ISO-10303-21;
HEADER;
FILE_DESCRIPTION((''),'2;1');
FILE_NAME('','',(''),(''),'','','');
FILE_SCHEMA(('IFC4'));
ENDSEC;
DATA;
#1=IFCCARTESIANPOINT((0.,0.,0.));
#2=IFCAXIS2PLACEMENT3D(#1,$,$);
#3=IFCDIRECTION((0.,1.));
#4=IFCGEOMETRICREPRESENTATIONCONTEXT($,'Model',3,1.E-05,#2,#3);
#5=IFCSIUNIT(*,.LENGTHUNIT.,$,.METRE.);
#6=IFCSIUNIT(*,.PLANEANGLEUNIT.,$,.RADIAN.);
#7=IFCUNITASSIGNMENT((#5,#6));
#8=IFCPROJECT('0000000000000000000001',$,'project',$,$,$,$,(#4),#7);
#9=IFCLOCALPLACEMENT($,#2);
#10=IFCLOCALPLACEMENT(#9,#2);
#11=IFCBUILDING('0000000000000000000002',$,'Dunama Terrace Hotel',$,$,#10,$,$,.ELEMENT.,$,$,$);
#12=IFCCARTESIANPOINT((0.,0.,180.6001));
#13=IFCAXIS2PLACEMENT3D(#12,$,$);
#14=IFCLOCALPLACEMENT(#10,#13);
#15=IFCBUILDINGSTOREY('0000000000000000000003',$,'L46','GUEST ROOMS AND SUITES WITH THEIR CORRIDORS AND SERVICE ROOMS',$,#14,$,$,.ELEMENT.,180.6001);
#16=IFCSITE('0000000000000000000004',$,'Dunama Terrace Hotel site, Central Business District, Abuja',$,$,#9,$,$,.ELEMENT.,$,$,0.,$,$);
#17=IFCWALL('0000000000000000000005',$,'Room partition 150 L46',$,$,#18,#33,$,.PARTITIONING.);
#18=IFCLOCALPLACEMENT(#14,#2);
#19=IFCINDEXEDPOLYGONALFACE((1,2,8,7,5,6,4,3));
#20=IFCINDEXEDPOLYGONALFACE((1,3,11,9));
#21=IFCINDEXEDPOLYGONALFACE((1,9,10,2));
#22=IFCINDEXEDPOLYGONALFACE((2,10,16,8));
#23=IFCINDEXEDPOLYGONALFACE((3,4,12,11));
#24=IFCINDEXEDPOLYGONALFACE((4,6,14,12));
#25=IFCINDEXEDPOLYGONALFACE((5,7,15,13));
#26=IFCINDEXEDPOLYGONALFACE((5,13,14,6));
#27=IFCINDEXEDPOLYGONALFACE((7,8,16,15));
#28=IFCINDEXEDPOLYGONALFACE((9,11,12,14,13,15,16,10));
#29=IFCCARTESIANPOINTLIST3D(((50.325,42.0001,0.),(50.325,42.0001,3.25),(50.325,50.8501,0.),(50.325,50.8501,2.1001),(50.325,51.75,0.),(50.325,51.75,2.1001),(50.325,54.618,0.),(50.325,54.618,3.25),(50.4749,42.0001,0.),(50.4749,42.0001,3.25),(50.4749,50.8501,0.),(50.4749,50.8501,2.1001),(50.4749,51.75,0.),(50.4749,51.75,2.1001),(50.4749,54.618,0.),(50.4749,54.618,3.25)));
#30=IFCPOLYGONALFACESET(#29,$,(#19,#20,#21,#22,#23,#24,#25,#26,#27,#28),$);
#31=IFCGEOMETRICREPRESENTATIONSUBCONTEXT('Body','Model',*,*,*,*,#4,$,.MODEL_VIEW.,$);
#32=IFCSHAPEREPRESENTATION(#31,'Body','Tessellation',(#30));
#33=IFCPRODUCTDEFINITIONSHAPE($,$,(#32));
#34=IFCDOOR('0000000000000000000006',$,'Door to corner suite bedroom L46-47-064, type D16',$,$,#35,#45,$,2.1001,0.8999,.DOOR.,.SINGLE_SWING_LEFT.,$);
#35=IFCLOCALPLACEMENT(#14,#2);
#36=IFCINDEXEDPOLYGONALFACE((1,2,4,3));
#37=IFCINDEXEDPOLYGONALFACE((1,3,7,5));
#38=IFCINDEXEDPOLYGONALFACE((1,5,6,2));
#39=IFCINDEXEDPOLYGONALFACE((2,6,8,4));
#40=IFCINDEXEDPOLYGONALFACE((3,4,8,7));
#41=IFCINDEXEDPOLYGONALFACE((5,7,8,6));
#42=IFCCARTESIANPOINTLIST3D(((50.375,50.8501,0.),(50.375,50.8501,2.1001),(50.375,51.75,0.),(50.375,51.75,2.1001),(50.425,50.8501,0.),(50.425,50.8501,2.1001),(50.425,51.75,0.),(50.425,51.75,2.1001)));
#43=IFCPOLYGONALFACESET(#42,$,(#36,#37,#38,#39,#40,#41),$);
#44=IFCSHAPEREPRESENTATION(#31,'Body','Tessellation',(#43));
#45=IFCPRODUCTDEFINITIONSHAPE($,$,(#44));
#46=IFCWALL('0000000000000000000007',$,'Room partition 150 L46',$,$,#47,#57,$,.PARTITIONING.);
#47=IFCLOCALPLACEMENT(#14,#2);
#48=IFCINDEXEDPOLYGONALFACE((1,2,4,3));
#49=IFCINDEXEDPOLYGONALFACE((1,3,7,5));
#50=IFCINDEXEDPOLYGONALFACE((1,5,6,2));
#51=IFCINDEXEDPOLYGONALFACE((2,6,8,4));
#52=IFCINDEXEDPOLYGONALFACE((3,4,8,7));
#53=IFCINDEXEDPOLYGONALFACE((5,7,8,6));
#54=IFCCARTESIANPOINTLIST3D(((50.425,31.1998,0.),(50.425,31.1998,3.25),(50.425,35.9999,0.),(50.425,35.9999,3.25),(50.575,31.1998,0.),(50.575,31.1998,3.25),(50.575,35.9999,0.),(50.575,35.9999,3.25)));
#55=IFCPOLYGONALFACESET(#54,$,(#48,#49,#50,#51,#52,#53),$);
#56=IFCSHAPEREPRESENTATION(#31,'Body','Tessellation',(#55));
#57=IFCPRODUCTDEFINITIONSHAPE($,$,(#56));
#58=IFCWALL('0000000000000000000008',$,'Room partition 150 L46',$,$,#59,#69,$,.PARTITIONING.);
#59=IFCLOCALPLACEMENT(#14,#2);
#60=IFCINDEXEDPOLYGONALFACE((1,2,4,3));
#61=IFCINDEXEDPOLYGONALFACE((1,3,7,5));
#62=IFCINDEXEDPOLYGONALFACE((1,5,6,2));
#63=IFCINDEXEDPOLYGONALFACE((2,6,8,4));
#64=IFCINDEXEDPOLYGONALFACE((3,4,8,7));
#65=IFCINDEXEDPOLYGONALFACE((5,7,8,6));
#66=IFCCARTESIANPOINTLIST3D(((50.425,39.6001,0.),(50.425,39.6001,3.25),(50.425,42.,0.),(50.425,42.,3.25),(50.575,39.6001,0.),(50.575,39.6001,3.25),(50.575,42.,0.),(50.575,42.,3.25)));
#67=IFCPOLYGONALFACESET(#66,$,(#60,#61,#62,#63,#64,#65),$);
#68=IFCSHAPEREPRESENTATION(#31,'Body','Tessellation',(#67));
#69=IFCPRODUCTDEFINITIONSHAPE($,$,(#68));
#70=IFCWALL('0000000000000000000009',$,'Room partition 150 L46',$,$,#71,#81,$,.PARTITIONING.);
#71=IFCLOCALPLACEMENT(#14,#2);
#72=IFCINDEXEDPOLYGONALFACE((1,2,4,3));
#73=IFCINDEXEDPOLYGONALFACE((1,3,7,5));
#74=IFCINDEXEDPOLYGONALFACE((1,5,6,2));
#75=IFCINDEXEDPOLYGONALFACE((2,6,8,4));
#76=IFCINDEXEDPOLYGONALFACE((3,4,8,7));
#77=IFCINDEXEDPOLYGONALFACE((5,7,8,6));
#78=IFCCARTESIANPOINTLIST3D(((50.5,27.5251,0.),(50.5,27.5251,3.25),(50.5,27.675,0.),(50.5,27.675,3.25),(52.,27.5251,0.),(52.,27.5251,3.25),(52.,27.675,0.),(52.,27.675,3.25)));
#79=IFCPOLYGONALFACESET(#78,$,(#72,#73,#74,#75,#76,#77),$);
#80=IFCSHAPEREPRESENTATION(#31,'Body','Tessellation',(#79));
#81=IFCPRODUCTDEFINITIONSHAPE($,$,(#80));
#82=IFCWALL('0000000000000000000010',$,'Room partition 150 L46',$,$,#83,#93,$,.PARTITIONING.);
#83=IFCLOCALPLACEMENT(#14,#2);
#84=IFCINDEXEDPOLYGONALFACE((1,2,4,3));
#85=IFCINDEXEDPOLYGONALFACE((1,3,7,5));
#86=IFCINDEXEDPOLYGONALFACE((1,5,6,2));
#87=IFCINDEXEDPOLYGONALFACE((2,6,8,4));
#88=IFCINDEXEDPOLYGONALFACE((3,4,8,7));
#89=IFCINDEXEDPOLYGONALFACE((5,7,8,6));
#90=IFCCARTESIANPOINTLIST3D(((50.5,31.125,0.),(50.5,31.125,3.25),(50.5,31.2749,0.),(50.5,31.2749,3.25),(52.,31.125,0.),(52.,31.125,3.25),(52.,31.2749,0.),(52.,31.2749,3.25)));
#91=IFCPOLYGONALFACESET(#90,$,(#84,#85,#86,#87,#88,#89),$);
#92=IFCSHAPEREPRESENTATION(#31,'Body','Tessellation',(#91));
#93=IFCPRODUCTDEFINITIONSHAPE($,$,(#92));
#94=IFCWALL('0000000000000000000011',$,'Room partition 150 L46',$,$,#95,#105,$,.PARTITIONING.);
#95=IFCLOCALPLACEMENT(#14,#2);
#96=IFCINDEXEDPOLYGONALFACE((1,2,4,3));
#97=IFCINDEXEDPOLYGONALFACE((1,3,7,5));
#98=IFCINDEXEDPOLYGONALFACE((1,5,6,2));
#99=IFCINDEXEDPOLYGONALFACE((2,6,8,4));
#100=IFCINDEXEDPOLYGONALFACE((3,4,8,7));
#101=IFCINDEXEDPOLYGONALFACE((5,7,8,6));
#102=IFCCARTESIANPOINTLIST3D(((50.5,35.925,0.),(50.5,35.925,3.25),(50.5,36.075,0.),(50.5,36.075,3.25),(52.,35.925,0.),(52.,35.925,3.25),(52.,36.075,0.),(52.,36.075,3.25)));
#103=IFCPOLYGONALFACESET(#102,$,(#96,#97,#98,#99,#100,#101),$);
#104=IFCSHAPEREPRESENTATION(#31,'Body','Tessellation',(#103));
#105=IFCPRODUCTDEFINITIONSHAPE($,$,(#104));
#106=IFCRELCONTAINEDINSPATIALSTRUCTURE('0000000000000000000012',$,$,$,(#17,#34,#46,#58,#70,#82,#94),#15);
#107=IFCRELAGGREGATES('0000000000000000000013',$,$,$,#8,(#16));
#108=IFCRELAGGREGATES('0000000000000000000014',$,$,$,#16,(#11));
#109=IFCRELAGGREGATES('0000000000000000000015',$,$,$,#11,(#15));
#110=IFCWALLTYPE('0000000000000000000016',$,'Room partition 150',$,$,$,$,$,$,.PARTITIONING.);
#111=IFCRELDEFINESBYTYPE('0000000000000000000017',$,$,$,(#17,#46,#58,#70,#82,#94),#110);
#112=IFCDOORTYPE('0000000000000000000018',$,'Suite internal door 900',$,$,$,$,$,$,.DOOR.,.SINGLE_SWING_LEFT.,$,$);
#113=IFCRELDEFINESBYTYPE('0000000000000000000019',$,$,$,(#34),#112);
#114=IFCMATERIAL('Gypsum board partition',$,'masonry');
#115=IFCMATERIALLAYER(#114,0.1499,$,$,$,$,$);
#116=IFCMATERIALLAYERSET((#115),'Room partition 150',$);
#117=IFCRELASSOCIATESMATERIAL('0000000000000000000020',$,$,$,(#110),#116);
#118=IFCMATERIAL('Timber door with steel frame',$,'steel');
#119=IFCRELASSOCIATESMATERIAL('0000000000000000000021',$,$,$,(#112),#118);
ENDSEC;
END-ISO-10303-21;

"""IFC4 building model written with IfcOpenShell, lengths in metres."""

from ifc_helpers import new_model, si_unit, direction, frame, frame_2d, origin, place, context, subcontext, project, spatial, rectangle, extrude, material, layer, layer_set, type_object, element, fill, save


model = new_model("IFC4")

# Units and contexts
model_context = context("Model", 3, precision=1e-05, world=origin(), true_north=direction((0.0, 1.0)))
body_context = subcontext(model_context, "Body", "Model", "MODEL_VIEW")
ifc_project = project(units=[si_unit("LENGTHUNIT", "METRE"), si_unit("PLANEANGLEUNIT", "RADIAN")], contexts=[model_context])

# Site, building, storey
site_placement = place(None, origin())
site = spatial("IfcSite", under=ifc_project, at=site_placement, Name="Dunama Terrace Hotel site, Central Business District, Abuja", CompositionType="ELEMENT", RefElevation=0.0)
building_placement = place(site_placement, origin())
building = spatial("IfcBuilding", under=site, at=building_placement, Name="Dunama Terrace Hotel", CompositionType="ELEMENT")
storey_placement = place(building_placement, frame((0.0, 0.0, 180.6001)))
storey = spatial("IfcBuildingStorey", under=building, at=storey_placement, Name="L46", Description="GUEST ROOMS AND SUITES WITH THEIR CORRIDORS AND SERVICE ROOMS", CompositionType="ELEMENT", Elevation=180.6001)

# Wall, opening, door
ifc_material_1 = material(Name="Gypsum board partition", Category="masonry")
ifc_layer_1 = layer(ifc_material_1, 0.1499)
ifc_layer_set_1 = layer_set([ifc_layer_1], Name="Room partition 150")
wall_type_1 = type_object("IfcWallType", Name="Room partition 150", PredefinedType="PARTITIONING", material=ifc_layer_set_1)
wall_1_placement = place(storey_placement, frame((50.3999, 42.0, 0.0), z_axis=(0.0, 0.0, 1.0), x_axis=(0.0, 1.0, 0.0)))
wall_1 = element("IfcWall", 1, at=wall_1_placement, inside=storey, type_object=wall_type_1, Name="Room partition 150 L46", PredefinedType="PARTITIONING", context=body_context, shape_type="SweptSolid", body=[
    extrude(rectangle(XDim=12.6179, YDim=0.1499, at=frame_2d((6.3091, 0.0))), origin(), (0.0, 0.0, 1.0), 3.25),
])
opening_1_placement = place(wall_1_placement, frame((8.8501, 0.0, 0.0)))
opening_1 = element("IfcOpeningElement", 2, at=opening_1_placement, cuts=wall_1, PredefinedType="OPENING", context=body_context, shape_type="SweptSolid", body=[
    extrude(rectangle(XDim=0.8999, YDim=2.1001, at=frame_2d((0.45, 1.05))), frame((0.0, 0.085, 0.0), z_axis=(0.0, -1.0, 0.0), x_axis=(1.0, 0.0, 0.0)), (0.0, 0.0, 1.0), 0.1699),
])
ifc_material_2 = material(Name="Timber door with steel frame", Category="steel")
door_type_1 = type_object("IfcDoorType", Name="Suite internal door 900", OperationType="SINGLE_SWING_LEFT", PredefinedType="DOOR", material=ifc_material_2)
door_1_placement = place(opening_1_placement, frame((0.8999, 0.0, 0.0), z_axis=(0.0, 0.0, 1.0), x_axis=(-1.0, 0.0, 0.0)))
door_1 = element("IfcDoor", 3, at=door_1_placement, inside=storey, type_object=door_type_1, Name="Door to corner suite bedroom L46-47-064, type D16", OperationType="SINGLE_SWING_LEFT", OverallHeight=2.1001, OverallWidth=0.8999, PredefinedType="DOOR", context=body_context, shape_type="SweptSolid", body=[
    extrude(rectangle(XDim=0.8999, YDim=2.1001, at=frame_2d((0.45, 1.05))), frame((0.0, 0.0251, 0.0), z_axis=(0.0, -1.0, 0.0), x_axis=(1.0, 0.0, 0.0)), (0.0, 0.0, 1.0), 0.05),
])
fill(opening_1, door_1)

# Walls
wall_2_placement = place(storey_placement, frame((50.5, 31.2, 0.0), z_axis=(0.0, 0.0, 1.0), x_axis=(0.0, 1.0, 0.0)))
element("IfcWall", 4, at=wall_2_placement, inside=storey, type_object=wall_type_1, Name="Room partition 150 L46", PredefinedType="PARTITIONING", context=body_context, shape_type="SweptSolid", body=[
    extrude(rectangle(XDim=4.8, YDim=0.1499, at=frame_2d((2.3999, 0.0))), origin(), (0.0, 0.0, 1.0), 3.25),
])
wall_3_placement = place(storey_placement, frame((50.5, 39.6001, 0.0), z_axis=(0.0, 0.0, 1.0), x_axis=(0.0, 1.0, 0.0)))
element("IfcWall", 5, at=wall_3_placement, inside=storey, type_object=wall_type_1, Name="Room partition 150 L46", PredefinedType="PARTITIONING", context=body_context, shape_type="SweptSolid", body=[
    extrude(rectangle(XDim=2.3999, YDim=0.1499, at=frame_2d((1.2, 0.0))), origin(), (0.0, 0.0, 1.0), 3.25),
])
for number, where, z_axis, x_axis, name in (
    (6, (50.5, 27.6001, 0.0), (0.0, 0.0, 1.0), (1.0, 0.0, 0.0), "Room partition 150 L46"),
    (7, (50.5, 31.2, 0.0), (0.0, 0.0, 1.0), (1.0, 0.0, 0.0), "Room partition 150 L46"),
    (8, (50.5, 36.0, 0.0), (0.0, 0.0, 1.0), (1.0, 0.0, 0.0), "Room partition 150 L46"),
):
    element("IfcWall", number, at=place(storey_placement, frame(where, z_axis=z_axis, x_axis=x_axis)), inside=storey, type_object=wall_type_1, Name=name, PredefinedType="PARTITIONING", context=body_context, shape_type="SweptSolid", body=[
        extrude(rectangle(XDim=1.5, YDim=0.1499, at=frame_2d((0.75, 0.0))), origin(), (0.0, 0.0, 1.0), 3.25),
    ])

save(model, "model.ifc")
